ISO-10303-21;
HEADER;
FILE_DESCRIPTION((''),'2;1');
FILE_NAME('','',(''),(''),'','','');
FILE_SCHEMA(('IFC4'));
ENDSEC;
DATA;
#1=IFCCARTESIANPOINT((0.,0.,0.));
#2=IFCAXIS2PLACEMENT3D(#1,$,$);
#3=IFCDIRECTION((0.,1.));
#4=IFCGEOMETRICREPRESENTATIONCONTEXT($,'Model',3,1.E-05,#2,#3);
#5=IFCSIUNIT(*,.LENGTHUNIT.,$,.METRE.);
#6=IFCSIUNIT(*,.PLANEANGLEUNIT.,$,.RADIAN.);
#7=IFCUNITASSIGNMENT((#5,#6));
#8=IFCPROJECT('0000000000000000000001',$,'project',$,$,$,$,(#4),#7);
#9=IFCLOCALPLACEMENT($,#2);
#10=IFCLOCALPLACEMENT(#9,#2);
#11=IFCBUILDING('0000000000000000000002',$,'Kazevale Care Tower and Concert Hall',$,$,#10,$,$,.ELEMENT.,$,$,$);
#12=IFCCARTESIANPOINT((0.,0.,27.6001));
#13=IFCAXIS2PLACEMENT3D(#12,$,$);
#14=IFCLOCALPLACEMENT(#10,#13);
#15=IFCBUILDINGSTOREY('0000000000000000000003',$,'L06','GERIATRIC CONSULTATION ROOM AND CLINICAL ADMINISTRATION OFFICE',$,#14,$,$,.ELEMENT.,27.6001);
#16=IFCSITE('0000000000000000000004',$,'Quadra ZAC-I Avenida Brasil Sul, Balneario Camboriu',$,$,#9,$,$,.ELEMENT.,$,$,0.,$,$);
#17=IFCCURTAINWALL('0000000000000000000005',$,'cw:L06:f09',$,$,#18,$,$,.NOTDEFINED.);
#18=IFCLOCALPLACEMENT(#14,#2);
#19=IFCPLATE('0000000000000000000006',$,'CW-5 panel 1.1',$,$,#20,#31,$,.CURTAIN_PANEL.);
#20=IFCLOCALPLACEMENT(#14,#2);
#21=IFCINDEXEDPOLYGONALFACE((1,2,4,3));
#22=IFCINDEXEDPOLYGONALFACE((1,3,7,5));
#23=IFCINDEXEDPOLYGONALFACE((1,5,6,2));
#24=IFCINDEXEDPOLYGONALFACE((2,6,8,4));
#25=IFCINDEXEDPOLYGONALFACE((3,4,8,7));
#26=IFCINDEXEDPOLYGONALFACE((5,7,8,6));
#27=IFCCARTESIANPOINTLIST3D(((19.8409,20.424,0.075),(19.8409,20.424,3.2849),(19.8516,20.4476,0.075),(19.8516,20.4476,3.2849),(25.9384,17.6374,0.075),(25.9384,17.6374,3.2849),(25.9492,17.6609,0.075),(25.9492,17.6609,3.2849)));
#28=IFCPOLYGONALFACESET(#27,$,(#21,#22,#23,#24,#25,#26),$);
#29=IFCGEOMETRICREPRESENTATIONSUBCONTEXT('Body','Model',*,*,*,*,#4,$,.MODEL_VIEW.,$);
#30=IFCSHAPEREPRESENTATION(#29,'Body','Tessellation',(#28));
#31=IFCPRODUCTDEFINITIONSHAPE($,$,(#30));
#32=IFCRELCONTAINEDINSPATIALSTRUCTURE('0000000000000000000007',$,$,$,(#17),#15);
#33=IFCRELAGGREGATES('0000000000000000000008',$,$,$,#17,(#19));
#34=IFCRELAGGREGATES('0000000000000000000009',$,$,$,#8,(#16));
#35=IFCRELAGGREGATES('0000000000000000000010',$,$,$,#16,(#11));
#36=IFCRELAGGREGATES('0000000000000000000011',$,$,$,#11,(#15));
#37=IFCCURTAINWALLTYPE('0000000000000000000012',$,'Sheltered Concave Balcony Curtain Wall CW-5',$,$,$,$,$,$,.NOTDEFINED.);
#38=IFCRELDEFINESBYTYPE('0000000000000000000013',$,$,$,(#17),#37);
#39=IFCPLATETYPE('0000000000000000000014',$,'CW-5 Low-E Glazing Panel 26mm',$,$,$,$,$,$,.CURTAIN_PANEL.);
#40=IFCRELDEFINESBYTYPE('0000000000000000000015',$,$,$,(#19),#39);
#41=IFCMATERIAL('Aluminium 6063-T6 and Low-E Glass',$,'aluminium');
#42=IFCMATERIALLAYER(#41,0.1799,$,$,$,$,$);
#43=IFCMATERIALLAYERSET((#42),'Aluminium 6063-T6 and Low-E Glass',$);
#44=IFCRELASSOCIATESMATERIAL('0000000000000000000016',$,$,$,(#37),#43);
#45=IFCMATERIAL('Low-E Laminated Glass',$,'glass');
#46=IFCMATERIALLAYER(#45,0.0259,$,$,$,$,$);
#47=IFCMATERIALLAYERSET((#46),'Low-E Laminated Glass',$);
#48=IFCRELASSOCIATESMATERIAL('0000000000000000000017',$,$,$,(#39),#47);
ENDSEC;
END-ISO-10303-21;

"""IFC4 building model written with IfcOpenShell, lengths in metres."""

from ifc_helpers import new_model, si_unit, direction, frame, origin, origin_2d, place, context, subcontext, project, spatial, rectangle, extrude, material, layer, layer_set, type_object, element, aggregate, save


model = new_model("IFC4")

# Units and contexts
model_context = context("Model", 3, precision=1e-05, world=origin(), true_north=direction((0.0, 1.0)))
body_context = subcontext(model_context, "Body", "Model", "MODEL_VIEW")
ifc_project = project(units=[si_unit("LENGTHUNIT", "METRE"), si_unit("PLANEANGLEUNIT", "RADIAN")], contexts=[model_context])

# Site, building, storey
site_placement = place(None, origin())
site = spatial("IfcSite", under=ifc_project, at=site_placement, Name="Quadra ZAC-I Avenida Brasil Sul, Balneario Camboriu", CompositionType="ELEMENT", RefElevation=0.0)
building_placement = place(site_placement, origin())
building = spatial("IfcBuilding", under=site, at=building_placement, Name="Kazevale Care Tower and Concert Hall", CompositionType="ELEMENT")
storey_placement = place(building_placement, frame((0.0, 0.0, 27.6001)))
storey = spatial("IfcBuildingStorey", under=building, at=storey_placement, Name="L06", Description="GERIATRIC CONSULTATION ROOM AND CLINICAL ADMINISTRATION OFFICE", CompositionType="ELEMENT", Elevation=27.6001)

# Shared definitions
ifc_material_1 = material(Name="Aluminium 6063-T6 and Low-E Glass", Category="aluminium")
ifc_layer_1 = layer(ifc_material_1, 0.1799)
ifc_layer_set_1 = layer_set([ifc_layer_1], Name="Aluminium 6063-T6 and Low-E Glass")
curtain_wall_type = type_object("IfcCurtainWallType", Name="Sheltered Concave Balcony Curtain Wall CW-5", PredefinedType="NOTDEFINED", material=ifc_layer_set_1)

# Curtain wall
curtain_wall_1_placement = place(storey_placement, origin())
curtain_wall_1 = element("IfcCurtainWall", 1, at=curtain_wall_1_placement, inside=storey, type_object=curtain_wall_type, Name="cw:L06:f09", PredefinedType="NOTDEFINED")

# Plate
ifc_material_2 = material(Name="Low-E Laminated Glass", Category="glass")
ifc_layer_2 = layer(ifc_material_2, 0.0259)
ifc_layer_set_2 = layer_set([ifc_layer_2], Name="Low-E Laminated Glass")
plate_type = type_object("IfcPlateType", Name="CW-5 Low-E Glazing Panel 26mm", PredefinedType="CURTAIN_PANEL", material=ifc_layer_set_2)
plate_1_placement = place(storey_placement, frame((22.895, 19.0425, 0.075), z_axis=(0.0, 0.0, 1.0), x_axis=(-0.90952, 0.41566, 0.0)))
plate_1 = element("IfcPlate", 2, at=plate_1_placement, type_object=plate_type, Name="CW-5 panel 1.1", PredefinedType="CURTAIN_PANEL", context=body_context, shape_type="SweptSolid", body=[
    extrude(rectangle(XDim=6.7041, YDim=0.0259, at=origin_2d()), origin(), (0.0, 0.0, 1.0), 3.21),
])
aggregate(curtain_wall_1, [plate_1])

save(model, "model.ifc")
